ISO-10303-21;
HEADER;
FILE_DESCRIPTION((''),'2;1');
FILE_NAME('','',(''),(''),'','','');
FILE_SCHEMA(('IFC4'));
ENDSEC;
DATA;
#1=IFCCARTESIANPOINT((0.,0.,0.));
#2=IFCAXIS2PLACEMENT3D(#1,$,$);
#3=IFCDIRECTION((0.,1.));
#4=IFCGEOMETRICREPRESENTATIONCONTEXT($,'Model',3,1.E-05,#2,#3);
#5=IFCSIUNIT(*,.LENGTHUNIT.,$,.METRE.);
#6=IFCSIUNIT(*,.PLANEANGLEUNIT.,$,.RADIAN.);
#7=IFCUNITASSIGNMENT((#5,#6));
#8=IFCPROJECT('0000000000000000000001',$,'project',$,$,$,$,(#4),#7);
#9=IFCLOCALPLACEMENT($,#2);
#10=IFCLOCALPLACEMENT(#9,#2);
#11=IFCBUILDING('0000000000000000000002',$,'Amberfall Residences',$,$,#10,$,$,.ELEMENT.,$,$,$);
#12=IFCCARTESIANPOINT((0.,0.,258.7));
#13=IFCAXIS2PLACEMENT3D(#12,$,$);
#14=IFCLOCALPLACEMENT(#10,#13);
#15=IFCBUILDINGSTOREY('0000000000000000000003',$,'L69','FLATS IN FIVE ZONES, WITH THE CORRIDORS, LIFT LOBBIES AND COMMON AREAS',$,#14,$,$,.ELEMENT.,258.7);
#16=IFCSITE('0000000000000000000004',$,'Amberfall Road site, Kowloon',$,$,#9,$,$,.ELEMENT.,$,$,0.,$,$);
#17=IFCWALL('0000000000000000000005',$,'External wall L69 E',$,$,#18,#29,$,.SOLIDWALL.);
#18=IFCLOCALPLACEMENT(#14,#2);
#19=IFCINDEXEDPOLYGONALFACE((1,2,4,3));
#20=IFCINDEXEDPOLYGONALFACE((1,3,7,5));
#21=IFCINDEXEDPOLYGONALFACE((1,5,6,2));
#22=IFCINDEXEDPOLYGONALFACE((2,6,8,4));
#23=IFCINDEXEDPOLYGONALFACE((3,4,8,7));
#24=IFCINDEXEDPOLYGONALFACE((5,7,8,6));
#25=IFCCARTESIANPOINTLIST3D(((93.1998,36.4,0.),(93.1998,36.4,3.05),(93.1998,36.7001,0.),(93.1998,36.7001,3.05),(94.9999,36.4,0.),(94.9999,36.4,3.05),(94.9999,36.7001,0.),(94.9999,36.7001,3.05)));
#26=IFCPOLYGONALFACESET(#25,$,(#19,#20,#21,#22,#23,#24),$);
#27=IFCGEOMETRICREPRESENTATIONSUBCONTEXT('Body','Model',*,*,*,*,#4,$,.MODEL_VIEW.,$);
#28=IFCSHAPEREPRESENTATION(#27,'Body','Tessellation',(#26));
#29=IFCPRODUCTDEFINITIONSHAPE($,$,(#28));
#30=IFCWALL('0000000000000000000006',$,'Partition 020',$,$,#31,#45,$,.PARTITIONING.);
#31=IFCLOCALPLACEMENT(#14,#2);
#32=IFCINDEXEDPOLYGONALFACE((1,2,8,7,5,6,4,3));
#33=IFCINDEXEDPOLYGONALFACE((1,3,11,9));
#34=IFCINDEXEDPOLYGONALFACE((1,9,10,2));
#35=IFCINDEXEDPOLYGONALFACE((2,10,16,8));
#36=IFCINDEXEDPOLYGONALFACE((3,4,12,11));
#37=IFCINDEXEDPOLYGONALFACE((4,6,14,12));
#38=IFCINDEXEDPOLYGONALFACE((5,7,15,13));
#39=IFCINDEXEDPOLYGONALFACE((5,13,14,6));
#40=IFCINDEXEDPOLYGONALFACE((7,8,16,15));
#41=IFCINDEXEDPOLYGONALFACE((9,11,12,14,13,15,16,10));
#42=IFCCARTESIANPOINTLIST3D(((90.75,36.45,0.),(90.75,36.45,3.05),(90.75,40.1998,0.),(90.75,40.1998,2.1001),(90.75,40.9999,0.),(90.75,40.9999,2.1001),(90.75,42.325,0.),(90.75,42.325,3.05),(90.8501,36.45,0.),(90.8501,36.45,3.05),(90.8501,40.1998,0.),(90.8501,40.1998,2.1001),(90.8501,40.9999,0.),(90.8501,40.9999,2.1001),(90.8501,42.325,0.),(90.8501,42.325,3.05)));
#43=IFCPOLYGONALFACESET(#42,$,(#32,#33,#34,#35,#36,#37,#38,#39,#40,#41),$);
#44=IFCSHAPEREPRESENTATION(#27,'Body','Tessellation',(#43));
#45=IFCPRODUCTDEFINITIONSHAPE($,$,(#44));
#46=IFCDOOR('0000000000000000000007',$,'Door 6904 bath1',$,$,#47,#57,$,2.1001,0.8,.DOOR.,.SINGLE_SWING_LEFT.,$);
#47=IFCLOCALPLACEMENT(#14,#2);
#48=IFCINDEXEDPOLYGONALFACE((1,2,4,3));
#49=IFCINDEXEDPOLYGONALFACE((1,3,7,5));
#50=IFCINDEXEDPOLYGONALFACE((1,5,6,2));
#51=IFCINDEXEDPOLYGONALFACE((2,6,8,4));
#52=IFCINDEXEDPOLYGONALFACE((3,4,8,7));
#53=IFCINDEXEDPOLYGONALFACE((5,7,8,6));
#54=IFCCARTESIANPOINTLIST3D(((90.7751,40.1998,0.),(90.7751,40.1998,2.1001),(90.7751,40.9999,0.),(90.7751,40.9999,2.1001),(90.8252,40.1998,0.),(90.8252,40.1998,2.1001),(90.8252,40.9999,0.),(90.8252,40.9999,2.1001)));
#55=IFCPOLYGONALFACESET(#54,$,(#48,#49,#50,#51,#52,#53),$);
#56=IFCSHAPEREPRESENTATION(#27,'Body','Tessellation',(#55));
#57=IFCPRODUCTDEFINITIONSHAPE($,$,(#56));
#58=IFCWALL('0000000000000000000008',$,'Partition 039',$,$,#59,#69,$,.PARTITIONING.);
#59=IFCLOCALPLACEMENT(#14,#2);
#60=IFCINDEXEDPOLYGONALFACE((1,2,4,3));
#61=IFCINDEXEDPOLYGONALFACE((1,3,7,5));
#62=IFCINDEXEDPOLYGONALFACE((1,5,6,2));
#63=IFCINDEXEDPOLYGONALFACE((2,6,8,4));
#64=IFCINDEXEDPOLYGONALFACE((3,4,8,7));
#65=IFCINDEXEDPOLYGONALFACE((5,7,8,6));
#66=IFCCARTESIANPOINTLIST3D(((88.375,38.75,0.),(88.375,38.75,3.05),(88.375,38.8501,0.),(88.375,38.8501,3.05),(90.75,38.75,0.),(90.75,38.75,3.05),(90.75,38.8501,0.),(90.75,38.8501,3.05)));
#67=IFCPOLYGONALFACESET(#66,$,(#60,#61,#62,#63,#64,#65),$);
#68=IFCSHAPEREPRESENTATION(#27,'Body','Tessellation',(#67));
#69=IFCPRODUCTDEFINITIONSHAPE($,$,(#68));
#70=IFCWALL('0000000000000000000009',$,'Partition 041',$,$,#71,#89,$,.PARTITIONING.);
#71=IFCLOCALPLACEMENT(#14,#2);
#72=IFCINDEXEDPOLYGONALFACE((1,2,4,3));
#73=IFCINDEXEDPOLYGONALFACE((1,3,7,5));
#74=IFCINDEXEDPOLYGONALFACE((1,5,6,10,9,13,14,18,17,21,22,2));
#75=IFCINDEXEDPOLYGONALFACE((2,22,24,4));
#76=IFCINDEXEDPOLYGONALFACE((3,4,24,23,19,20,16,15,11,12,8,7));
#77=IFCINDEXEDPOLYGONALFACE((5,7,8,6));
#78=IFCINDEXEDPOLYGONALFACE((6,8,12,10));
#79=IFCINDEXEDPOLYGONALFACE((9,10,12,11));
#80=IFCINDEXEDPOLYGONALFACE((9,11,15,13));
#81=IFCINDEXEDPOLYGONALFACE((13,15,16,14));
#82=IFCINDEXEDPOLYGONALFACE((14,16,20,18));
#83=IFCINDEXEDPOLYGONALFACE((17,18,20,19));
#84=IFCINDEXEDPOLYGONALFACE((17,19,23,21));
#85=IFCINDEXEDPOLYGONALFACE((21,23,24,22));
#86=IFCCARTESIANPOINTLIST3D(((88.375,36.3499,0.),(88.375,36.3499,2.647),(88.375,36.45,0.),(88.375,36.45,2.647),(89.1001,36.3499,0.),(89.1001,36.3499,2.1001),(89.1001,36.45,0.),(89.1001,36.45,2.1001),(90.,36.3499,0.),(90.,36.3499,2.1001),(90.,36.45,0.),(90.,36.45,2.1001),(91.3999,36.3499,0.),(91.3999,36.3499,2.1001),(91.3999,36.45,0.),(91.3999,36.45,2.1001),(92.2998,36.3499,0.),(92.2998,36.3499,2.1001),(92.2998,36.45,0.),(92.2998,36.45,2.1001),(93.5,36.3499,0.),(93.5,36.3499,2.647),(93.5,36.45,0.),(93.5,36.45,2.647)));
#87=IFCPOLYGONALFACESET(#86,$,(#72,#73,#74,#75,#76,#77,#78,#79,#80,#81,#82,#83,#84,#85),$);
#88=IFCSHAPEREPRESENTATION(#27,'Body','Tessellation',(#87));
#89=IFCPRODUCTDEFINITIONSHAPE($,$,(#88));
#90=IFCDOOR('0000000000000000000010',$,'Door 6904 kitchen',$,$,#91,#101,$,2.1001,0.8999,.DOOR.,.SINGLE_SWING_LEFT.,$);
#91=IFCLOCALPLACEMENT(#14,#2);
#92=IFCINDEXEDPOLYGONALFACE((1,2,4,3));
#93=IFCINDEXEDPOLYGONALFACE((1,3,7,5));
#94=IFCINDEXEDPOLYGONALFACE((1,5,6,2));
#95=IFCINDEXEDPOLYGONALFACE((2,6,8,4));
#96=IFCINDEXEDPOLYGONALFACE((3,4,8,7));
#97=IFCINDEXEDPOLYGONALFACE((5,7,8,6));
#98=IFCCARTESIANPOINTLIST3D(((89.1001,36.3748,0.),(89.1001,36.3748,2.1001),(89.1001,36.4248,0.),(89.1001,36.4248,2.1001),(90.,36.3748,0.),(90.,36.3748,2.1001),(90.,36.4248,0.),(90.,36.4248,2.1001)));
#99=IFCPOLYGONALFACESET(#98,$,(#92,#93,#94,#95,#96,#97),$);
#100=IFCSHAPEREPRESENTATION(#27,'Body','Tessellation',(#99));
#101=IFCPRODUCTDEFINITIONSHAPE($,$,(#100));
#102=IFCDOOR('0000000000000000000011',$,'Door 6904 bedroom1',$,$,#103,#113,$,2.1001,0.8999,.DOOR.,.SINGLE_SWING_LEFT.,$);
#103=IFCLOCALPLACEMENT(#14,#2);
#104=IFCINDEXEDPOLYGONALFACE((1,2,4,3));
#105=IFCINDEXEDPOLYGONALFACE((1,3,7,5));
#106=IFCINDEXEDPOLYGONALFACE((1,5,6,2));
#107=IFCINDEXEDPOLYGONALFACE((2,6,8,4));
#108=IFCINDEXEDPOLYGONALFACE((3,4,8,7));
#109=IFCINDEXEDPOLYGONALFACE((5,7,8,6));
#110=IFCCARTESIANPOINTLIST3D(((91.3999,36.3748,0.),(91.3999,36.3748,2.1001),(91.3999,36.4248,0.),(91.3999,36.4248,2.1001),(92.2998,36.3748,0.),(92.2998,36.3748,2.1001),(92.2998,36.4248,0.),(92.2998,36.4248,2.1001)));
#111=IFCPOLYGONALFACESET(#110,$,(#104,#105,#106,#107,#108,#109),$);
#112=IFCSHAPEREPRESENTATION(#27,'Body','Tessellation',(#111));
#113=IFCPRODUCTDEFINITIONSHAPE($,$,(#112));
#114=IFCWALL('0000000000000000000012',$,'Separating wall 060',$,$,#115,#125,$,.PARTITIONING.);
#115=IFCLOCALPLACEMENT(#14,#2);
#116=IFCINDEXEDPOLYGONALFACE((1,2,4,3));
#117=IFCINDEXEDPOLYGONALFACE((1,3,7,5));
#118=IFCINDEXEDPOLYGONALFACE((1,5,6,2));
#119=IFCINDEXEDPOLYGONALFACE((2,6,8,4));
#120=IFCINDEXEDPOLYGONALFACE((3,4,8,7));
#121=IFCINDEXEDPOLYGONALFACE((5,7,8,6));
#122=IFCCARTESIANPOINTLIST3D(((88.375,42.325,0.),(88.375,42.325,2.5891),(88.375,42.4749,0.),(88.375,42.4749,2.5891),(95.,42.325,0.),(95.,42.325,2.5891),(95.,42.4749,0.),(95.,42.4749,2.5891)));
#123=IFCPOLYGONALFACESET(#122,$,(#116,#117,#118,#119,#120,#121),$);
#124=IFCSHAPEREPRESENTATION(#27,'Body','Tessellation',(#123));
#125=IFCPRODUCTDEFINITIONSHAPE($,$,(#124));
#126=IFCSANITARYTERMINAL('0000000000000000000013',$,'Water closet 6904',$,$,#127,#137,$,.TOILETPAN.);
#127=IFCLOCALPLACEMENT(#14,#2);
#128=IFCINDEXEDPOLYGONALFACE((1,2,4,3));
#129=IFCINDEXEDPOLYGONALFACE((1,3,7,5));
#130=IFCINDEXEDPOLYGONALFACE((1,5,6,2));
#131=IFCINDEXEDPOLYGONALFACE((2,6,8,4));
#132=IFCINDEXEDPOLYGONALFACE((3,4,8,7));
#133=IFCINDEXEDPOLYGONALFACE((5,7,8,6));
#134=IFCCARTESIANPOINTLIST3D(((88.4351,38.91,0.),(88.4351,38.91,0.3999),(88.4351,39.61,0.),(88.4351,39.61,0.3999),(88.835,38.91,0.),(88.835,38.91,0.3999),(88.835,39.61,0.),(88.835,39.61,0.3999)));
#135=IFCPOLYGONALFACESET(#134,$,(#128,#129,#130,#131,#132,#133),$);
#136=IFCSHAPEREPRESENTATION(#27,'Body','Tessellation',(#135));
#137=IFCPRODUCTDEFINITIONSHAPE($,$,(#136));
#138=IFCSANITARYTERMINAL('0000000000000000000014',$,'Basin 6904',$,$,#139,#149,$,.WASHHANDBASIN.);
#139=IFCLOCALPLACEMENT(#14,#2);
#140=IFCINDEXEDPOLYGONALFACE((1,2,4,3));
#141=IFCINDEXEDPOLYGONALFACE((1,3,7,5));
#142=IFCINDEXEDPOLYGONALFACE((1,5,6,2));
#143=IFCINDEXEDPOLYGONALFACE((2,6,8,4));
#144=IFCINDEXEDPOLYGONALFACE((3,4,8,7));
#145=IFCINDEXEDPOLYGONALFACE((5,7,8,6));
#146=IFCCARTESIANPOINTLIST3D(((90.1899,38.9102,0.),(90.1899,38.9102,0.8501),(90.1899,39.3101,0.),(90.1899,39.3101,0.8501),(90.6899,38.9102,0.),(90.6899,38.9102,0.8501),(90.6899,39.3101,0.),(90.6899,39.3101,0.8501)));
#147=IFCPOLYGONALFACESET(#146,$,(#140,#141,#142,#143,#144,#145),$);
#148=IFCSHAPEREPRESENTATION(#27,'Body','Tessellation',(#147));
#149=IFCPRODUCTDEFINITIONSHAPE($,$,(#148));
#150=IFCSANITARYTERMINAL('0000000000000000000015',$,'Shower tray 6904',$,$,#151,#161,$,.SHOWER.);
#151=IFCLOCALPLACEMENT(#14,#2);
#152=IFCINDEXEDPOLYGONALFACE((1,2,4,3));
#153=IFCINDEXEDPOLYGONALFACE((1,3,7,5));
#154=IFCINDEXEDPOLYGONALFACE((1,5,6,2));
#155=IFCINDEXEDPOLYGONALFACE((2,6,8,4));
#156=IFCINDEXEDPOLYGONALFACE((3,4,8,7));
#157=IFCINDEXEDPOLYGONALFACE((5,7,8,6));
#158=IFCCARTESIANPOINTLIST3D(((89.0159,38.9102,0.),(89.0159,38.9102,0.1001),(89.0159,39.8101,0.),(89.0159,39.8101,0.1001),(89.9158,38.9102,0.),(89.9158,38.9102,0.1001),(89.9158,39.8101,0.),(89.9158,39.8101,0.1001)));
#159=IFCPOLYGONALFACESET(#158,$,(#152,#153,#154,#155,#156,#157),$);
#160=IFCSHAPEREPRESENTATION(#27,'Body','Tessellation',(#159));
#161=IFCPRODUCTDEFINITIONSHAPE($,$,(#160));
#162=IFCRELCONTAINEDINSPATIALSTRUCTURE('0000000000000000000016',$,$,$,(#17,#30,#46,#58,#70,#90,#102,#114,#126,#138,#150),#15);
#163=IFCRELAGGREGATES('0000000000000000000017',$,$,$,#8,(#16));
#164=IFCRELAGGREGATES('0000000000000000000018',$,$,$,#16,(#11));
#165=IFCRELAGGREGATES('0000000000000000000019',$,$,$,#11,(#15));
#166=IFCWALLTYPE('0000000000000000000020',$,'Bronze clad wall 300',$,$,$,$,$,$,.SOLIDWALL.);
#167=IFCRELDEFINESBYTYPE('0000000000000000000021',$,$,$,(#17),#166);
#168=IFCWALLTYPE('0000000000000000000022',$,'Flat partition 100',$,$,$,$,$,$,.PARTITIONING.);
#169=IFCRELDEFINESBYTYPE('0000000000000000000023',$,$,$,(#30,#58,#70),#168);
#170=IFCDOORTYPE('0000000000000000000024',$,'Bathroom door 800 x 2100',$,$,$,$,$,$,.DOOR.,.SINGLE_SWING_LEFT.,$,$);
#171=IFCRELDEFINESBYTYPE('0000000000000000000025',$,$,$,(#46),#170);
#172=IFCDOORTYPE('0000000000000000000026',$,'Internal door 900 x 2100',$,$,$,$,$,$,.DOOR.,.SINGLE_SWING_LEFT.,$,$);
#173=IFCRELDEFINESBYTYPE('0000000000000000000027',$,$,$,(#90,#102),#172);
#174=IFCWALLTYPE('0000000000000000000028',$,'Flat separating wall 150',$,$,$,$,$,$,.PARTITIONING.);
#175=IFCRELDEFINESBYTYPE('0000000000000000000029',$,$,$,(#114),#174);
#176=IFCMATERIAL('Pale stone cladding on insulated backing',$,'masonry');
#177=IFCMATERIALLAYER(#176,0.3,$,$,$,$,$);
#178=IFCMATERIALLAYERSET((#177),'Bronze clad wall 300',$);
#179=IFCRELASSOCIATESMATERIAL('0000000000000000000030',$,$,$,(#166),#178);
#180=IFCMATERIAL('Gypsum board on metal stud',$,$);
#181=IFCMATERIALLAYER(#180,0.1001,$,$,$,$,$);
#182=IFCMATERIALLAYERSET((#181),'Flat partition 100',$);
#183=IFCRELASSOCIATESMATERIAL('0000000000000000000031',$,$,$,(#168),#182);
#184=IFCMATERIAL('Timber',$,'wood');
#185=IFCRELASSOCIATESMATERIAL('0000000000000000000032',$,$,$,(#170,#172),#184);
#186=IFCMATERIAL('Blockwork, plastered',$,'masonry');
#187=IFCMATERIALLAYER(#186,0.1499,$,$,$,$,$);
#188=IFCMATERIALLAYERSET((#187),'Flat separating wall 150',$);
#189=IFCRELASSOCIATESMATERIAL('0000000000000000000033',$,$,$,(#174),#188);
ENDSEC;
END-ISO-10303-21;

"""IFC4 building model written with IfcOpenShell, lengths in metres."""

from ifc_helpers import new_model, si_unit, direction, frame, frame_2d, origin, origin_2d, place, context, subcontext, project, spatial, rectangle, extrude, material, layer, layer_set, type_object, element, fill, save


model = new_model("IFC4")

# Units and contexts
model_context = context("Model", 3, precision=1e-05, world=origin(), true_north=direction((0.0, 1.0)))
body_context = subcontext(model_context, "Body", "Model", "MODEL_VIEW")
ifc_project = project(units=[si_unit("LENGTHUNIT", "METRE"), si_unit("PLANEANGLEUNIT", "RADIAN")], contexts=[model_context])

# Site, building, storey
site_placement = place(None, origin())
site = spatial("IfcSite", under=ifc_project, at=site_placement, Name="Amberfall Road site, Kowloon", CompositionType="ELEMENT", RefElevation=0.0)
building_placement = place(site_placement, origin())
building = spatial("IfcBuilding", under=site, at=building_placement, Name="Amberfall Residences", CompositionType="ELEMENT")
storey_placement = place(building_placement, frame((0.0, 0.0, 258.7)))
storey = spatial("IfcBuildingStorey", under=building, at=storey_placement, Name="L69", Description="FLATS IN FIVE ZONES, WITH THE CORRIDORS, LIFT LOBBIES AND COMMON AREAS", CompositionType="ELEMENT", Elevation=258.7)

# Wall
ifc_material_1 = material(Name="Pale stone cladding on insulated backing", Category="masonry")
ifc_layer_1 = layer(ifc_material_1, 0.3)
ifc_layer_set_1 = layer_set([ifc_layer_1], Name="Bronze clad wall 300")
wall_type_1 = type_object("IfcWallType", Name="Bronze clad wall 300", PredefinedType="SOLIDWALL", material=ifc_layer_set_1)
wall_1_placement = place(storey_placement, frame((93.2, 36.55, 0.0), z_axis=(0.0, 0.0, 1.0), x_axis=(1.0, 0.0, 0.0)))
element("IfcWall", 1, at=wall_1_placement, inside=storey, type_object=wall_type_1, Name="External wall L69 E", PredefinedType="SOLIDWALL", context=body_context, shape_type="SweptSolid", body=[
    extrude(rectangle(XDim=1.8, YDim=0.3, at=frame_2d((0.8999, 0.0))), origin(), (0.0, 0.0, 1.0), 3.05),
])

# Wall, opening, door
ifc_material_2 = material(Name="Gypsum board on metal stud")
ifc_layer_2 = layer(ifc_material_2, 0.1001)
ifc_layer_set_2 = layer_set([ifc_layer_2], Name="Flat partition 100")
wall_type_2 = type_object("IfcWallType", Name="Flat partition 100", PredefinedType="PARTITIONING", material=ifc_layer_set_2)
wall_2_placement = place(storey_placement, frame((90.8, 36.45, 0.0), z_axis=(0.0, 0.0, 1.0), x_axis=(0.0, 1.0, 0.0)))
wall_2 = element("IfcWall", 2, at=wall_2_placement, inside=storey, type_object=wall_type_2, Name="Partition 020", PredefinedType="PARTITIONING", context=body_context, shape_type="SweptSolid", body=[
    extrude(rectangle(XDim=5.875, YDim=0.1001, at=frame_2d((2.9375, 0.0))), origin(), (0.0, 0.0, 1.0), 3.05),
])
opening_1_placement = place(wall_2_placement, frame((3.75, 0.0, 0.0)))
opening_1 = element("IfcOpeningElement", 3, at=opening_1_placement, cuts=wall_2, PredefinedType="OPENING", context=body_context, shape_type="SweptSolid", body=[
    extrude(rectangle(XDim=0.8, YDim=2.1001, at=frame_2d((0.3999, 1.05))), frame((0.0, 0.0601, 0.0), z_axis=(0.0, -1.0, 0.0), x_axis=(1.0, 0.0, 0.0)), (0.0, 0.0, 1.0), 0.1201),
])
ifc_material_3 = material(Name="Timber", Category="wood")
door_type_1 = type_object("IfcDoorType", Name="Bathroom door 800 x 2100", OperationType="SINGLE_SWING_LEFT", PredefinedType="DOOR", material=ifc_material_3)
door_1_placement = place(opening_1_placement, origin())
door_1 = element("IfcDoor", 4, at=door_1_placement, inside=storey, type_object=door_type_1, Name="Door 6904 bath1", OperationType="SINGLE_SWING_LEFT", OverallHeight=2.1001, OverallWidth=0.8, PredefinedType="DOOR", context=body_context, shape_type="SweptSolid", body=[
    extrude(rectangle(XDim=0.8, YDim=2.1001, at=frame_2d((0.3999, 1.05))), frame((0.0, 0.0249, 0.0), z_axis=(0.0, -1.0, 0.0), x_axis=(1.0, 0.0, 0.0)), (0.0, 0.0, 1.0), 0.05),
])
fill(opening_1, door_1)

# Wall
wall_3_placement = place(storey_placement, frame((88.375, 38.8, 0.0), z_axis=(0.0, 0.0, 1.0), x_axis=(1.0, 0.0, 0.0)))
element("IfcWall", 5, at=wall_3_placement, inside=storey, type_object=wall_type_2, Name="Partition 039", PredefinedType="PARTITIONING", context=body_context, shape_type="SweptSolid", body=[
    extrude(rectangle(XDim=2.375, YDim=0.1001, at=frame_2d((1.1875, 0.0))), origin(), (0.0, 0.0, 1.0), 3.05),
])

# Wall, openings, doors
wall_4_placement = place(storey_placement, frame((88.375, 36.3999, 0.0), z_axis=(0.0, 0.0, 1.0), x_axis=(1.0, 0.0, 0.0)))
wall_4 = element("IfcWall", 6, at=wall_4_placement, inside=storey, type_object=wall_type_2, Name="Partition 041", PredefinedType="PARTITIONING", context=body_context, shape_type="SweptSolid", body=[
    extrude(rectangle(XDim=5.125, YDim=0.1001, at=frame_2d((2.5625, 0.0))), origin(), (0.0, 0.0, 1.0), 2.647),
])
opening_2_placement = place(wall_4_placement, frame((0.7251, 0.0, 0.0)))
opening_2 = element("IfcOpeningElement", 7, at=opening_2_placement, cuts=wall_4, PredefinedType="OPENING", context=body_context, shape_type="SweptSolid", body=[
    extrude(rectangle(XDim=0.8999, YDim=2.1001, at=frame_2d((0.45, 1.05))), frame((0.0, 0.0601, 0.0), z_axis=(0.0, -1.0, 0.0), x_axis=(1.0, 0.0, 0.0)), (0.0, 0.0, 1.0), 0.1201),
])
opening_3_placement = place(wall_4_placement, frame((3.0249, 0.0, 0.0)))
opening_3 = element("IfcOpeningElement", 8, at=opening_3_placement, cuts=wall_4, PredefinedType="OPENING", context=body_context, shape_type="SweptSolid", body=[
    extrude(rectangle(XDim=0.8999, YDim=2.1001, at=frame_2d((0.45, 1.05))), frame((0.0, 0.0601, 0.0), z_axis=(0.0, -1.0, 0.0), x_axis=(1.0, 0.0, 0.0)), (0.0, 0.0, 1.0), 0.1201),
])
door_type_2 = type_object("IfcDoorType", Name="Internal door 900 x 2100", OperationType="SINGLE_SWING_LEFT", PredefinedType="DOOR", material=ifc_material_3)
door_2_placement = place(opening_2_placement, origin())
door_2 = element("IfcDoor", 9, at=door_2_placement, inside=storey, type_object=door_type_2, Name="Door 6904 kitchen", OperationType="SINGLE_SWING_LEFT", OverallHeight=2.1001, OverallWidth=0.8999, PredefinedType="DOOR", context=body_context, shape_type="SweptSolid", body=[
    extrude(rectangle(XDim=0.8999, YDim=2.1001, at=frame_2d((0.45, 1.05))), frame((0.0, 0.0249, 0.0), z_axis=(0.0, -1.0, 0.0), x_axis=(1.0, 0.0, 0.0)), (0.0, 0.0, 1.0), 0.05),
])
fill(opening_2, door_2)
door_3_placement = place(opening_3_placement, origin())
door_3 = element("IfcDoor", 10, at=door_3_placement, inside=storey, type_object=door_type_2, Name="Door 6904 bedroom1", OperationType="SINGLE_SWING_LEFT", OverallHeight=2.1001, OverallWidth=0.8999, PredefinedType="DOOR", context=body_context, shape_type="SweptSolid", body=[
    extrude(rectangle(XDim=0.8999, YDim=2.1001, at=frame_2d((0.45, 1.05))), frame((0.0, 0.0249, 0.0), z_axis=(0.0, -1.0, 0.0), x_axis=(1.0, 0.0, 0.0)), (0.0, 0.0, 1.0), 0.05),
])
fill(opening_3, door_3)

# Wall
ifc_material_4 = material(Name="Blockwork, plastered", Category="masonry")
ifc_layer_3 = layer(ifc_material_4, 0.1499)
ifc_layer_set_3 = layer_set([ifc_layer_3], Name="Flat separating wall 150")
wall_type_3 = type_object("IfcWallType", Name="Flat separating wall 150", PredefinedType="PARTITIONING", material=ifc_layer_set_3)
wall_5_placement = place(storey_placement, frame((88.375, 42.3999, 0.0), z_axis=(0.0, 0.0, 1.0), x_axis=(1.0, 0.0, 0.0)))
element("IfcWall", 11, at=wall_5_placement, inside=storey, type_object=wall_type_3, Name="Separating wall 060", PredefinedType="PARTITIONING", context=body_context, shape_type="SweptSolid", body=[
    extrude(rectangle(XDim=6.625, YDim=0.1499, at=frame_2d((3.3125, 0.0))), origin(), (0.0, 0.0, 1.0), 2.5891),
])

# Sanitary terminals
sanitary_terminal_1_placement = place(storey_placement, frame((88.635, 39.26, 0.0), z_axis=(0.0, 0.0, 1.0), x_axis=(1.0, 0.0, 0.0)))
element("IfcSanitaryTerminal", 12, at=sanitary_terminal_1_placement, inside=storey, Name="Water closet 6904", PredefinedType="TOILETPAN", context=body_context, shape_type="SweptSolid", body=[
    extrude(rectangle(XDim=0.3999, YDim=0.7, at=origin_2d()), origin(), (0.0, 0.0, 1.0), 0.3999),
])
sanitary_terminal_2_placement = place(storey_placement, frame((90.4399, 39.1101, 0.0), z_axis=(0.0, 0.0, 1.0), x_axis=(1.0, 0.0, 0.0)))
element("IfcSanitaryTerminal", 13, at=sanitary_terminal_2_placement, inside=storey, Name="Basin 6904", PredefinedType="WASHHANDBASIN", context=body_context, shape_type="SweptSolid", body=[
    extrude(rectangle(XDim=0.5, YDim=0.3999, at=origin_2d()), origin(), (0.0, 0.0, 1.0), 0.8501),
])
sanitary_terminal_3_placement = place(storey_placement, frame((89.4658, 39.3601, 0.0), z_axis=(0.0, 0.0, 1.0), x_axis=(1.0, 0.0, 0.0)))
element("IfcSanitaryTerminal", 14, at=sanitary_terminal_3_placement, inside=storey, Name="Shower tray 6904", PredefinedType="SHOWER", context=body_context, shape_type="SweptSolid", body=[
    extrude(rectangle(XDim=0.8999, YDim=0.8999, at=origin_2d()), origin(), (0.0, 0.0, 1.0), 0.1001),
])

save(model, "model.ifc")
